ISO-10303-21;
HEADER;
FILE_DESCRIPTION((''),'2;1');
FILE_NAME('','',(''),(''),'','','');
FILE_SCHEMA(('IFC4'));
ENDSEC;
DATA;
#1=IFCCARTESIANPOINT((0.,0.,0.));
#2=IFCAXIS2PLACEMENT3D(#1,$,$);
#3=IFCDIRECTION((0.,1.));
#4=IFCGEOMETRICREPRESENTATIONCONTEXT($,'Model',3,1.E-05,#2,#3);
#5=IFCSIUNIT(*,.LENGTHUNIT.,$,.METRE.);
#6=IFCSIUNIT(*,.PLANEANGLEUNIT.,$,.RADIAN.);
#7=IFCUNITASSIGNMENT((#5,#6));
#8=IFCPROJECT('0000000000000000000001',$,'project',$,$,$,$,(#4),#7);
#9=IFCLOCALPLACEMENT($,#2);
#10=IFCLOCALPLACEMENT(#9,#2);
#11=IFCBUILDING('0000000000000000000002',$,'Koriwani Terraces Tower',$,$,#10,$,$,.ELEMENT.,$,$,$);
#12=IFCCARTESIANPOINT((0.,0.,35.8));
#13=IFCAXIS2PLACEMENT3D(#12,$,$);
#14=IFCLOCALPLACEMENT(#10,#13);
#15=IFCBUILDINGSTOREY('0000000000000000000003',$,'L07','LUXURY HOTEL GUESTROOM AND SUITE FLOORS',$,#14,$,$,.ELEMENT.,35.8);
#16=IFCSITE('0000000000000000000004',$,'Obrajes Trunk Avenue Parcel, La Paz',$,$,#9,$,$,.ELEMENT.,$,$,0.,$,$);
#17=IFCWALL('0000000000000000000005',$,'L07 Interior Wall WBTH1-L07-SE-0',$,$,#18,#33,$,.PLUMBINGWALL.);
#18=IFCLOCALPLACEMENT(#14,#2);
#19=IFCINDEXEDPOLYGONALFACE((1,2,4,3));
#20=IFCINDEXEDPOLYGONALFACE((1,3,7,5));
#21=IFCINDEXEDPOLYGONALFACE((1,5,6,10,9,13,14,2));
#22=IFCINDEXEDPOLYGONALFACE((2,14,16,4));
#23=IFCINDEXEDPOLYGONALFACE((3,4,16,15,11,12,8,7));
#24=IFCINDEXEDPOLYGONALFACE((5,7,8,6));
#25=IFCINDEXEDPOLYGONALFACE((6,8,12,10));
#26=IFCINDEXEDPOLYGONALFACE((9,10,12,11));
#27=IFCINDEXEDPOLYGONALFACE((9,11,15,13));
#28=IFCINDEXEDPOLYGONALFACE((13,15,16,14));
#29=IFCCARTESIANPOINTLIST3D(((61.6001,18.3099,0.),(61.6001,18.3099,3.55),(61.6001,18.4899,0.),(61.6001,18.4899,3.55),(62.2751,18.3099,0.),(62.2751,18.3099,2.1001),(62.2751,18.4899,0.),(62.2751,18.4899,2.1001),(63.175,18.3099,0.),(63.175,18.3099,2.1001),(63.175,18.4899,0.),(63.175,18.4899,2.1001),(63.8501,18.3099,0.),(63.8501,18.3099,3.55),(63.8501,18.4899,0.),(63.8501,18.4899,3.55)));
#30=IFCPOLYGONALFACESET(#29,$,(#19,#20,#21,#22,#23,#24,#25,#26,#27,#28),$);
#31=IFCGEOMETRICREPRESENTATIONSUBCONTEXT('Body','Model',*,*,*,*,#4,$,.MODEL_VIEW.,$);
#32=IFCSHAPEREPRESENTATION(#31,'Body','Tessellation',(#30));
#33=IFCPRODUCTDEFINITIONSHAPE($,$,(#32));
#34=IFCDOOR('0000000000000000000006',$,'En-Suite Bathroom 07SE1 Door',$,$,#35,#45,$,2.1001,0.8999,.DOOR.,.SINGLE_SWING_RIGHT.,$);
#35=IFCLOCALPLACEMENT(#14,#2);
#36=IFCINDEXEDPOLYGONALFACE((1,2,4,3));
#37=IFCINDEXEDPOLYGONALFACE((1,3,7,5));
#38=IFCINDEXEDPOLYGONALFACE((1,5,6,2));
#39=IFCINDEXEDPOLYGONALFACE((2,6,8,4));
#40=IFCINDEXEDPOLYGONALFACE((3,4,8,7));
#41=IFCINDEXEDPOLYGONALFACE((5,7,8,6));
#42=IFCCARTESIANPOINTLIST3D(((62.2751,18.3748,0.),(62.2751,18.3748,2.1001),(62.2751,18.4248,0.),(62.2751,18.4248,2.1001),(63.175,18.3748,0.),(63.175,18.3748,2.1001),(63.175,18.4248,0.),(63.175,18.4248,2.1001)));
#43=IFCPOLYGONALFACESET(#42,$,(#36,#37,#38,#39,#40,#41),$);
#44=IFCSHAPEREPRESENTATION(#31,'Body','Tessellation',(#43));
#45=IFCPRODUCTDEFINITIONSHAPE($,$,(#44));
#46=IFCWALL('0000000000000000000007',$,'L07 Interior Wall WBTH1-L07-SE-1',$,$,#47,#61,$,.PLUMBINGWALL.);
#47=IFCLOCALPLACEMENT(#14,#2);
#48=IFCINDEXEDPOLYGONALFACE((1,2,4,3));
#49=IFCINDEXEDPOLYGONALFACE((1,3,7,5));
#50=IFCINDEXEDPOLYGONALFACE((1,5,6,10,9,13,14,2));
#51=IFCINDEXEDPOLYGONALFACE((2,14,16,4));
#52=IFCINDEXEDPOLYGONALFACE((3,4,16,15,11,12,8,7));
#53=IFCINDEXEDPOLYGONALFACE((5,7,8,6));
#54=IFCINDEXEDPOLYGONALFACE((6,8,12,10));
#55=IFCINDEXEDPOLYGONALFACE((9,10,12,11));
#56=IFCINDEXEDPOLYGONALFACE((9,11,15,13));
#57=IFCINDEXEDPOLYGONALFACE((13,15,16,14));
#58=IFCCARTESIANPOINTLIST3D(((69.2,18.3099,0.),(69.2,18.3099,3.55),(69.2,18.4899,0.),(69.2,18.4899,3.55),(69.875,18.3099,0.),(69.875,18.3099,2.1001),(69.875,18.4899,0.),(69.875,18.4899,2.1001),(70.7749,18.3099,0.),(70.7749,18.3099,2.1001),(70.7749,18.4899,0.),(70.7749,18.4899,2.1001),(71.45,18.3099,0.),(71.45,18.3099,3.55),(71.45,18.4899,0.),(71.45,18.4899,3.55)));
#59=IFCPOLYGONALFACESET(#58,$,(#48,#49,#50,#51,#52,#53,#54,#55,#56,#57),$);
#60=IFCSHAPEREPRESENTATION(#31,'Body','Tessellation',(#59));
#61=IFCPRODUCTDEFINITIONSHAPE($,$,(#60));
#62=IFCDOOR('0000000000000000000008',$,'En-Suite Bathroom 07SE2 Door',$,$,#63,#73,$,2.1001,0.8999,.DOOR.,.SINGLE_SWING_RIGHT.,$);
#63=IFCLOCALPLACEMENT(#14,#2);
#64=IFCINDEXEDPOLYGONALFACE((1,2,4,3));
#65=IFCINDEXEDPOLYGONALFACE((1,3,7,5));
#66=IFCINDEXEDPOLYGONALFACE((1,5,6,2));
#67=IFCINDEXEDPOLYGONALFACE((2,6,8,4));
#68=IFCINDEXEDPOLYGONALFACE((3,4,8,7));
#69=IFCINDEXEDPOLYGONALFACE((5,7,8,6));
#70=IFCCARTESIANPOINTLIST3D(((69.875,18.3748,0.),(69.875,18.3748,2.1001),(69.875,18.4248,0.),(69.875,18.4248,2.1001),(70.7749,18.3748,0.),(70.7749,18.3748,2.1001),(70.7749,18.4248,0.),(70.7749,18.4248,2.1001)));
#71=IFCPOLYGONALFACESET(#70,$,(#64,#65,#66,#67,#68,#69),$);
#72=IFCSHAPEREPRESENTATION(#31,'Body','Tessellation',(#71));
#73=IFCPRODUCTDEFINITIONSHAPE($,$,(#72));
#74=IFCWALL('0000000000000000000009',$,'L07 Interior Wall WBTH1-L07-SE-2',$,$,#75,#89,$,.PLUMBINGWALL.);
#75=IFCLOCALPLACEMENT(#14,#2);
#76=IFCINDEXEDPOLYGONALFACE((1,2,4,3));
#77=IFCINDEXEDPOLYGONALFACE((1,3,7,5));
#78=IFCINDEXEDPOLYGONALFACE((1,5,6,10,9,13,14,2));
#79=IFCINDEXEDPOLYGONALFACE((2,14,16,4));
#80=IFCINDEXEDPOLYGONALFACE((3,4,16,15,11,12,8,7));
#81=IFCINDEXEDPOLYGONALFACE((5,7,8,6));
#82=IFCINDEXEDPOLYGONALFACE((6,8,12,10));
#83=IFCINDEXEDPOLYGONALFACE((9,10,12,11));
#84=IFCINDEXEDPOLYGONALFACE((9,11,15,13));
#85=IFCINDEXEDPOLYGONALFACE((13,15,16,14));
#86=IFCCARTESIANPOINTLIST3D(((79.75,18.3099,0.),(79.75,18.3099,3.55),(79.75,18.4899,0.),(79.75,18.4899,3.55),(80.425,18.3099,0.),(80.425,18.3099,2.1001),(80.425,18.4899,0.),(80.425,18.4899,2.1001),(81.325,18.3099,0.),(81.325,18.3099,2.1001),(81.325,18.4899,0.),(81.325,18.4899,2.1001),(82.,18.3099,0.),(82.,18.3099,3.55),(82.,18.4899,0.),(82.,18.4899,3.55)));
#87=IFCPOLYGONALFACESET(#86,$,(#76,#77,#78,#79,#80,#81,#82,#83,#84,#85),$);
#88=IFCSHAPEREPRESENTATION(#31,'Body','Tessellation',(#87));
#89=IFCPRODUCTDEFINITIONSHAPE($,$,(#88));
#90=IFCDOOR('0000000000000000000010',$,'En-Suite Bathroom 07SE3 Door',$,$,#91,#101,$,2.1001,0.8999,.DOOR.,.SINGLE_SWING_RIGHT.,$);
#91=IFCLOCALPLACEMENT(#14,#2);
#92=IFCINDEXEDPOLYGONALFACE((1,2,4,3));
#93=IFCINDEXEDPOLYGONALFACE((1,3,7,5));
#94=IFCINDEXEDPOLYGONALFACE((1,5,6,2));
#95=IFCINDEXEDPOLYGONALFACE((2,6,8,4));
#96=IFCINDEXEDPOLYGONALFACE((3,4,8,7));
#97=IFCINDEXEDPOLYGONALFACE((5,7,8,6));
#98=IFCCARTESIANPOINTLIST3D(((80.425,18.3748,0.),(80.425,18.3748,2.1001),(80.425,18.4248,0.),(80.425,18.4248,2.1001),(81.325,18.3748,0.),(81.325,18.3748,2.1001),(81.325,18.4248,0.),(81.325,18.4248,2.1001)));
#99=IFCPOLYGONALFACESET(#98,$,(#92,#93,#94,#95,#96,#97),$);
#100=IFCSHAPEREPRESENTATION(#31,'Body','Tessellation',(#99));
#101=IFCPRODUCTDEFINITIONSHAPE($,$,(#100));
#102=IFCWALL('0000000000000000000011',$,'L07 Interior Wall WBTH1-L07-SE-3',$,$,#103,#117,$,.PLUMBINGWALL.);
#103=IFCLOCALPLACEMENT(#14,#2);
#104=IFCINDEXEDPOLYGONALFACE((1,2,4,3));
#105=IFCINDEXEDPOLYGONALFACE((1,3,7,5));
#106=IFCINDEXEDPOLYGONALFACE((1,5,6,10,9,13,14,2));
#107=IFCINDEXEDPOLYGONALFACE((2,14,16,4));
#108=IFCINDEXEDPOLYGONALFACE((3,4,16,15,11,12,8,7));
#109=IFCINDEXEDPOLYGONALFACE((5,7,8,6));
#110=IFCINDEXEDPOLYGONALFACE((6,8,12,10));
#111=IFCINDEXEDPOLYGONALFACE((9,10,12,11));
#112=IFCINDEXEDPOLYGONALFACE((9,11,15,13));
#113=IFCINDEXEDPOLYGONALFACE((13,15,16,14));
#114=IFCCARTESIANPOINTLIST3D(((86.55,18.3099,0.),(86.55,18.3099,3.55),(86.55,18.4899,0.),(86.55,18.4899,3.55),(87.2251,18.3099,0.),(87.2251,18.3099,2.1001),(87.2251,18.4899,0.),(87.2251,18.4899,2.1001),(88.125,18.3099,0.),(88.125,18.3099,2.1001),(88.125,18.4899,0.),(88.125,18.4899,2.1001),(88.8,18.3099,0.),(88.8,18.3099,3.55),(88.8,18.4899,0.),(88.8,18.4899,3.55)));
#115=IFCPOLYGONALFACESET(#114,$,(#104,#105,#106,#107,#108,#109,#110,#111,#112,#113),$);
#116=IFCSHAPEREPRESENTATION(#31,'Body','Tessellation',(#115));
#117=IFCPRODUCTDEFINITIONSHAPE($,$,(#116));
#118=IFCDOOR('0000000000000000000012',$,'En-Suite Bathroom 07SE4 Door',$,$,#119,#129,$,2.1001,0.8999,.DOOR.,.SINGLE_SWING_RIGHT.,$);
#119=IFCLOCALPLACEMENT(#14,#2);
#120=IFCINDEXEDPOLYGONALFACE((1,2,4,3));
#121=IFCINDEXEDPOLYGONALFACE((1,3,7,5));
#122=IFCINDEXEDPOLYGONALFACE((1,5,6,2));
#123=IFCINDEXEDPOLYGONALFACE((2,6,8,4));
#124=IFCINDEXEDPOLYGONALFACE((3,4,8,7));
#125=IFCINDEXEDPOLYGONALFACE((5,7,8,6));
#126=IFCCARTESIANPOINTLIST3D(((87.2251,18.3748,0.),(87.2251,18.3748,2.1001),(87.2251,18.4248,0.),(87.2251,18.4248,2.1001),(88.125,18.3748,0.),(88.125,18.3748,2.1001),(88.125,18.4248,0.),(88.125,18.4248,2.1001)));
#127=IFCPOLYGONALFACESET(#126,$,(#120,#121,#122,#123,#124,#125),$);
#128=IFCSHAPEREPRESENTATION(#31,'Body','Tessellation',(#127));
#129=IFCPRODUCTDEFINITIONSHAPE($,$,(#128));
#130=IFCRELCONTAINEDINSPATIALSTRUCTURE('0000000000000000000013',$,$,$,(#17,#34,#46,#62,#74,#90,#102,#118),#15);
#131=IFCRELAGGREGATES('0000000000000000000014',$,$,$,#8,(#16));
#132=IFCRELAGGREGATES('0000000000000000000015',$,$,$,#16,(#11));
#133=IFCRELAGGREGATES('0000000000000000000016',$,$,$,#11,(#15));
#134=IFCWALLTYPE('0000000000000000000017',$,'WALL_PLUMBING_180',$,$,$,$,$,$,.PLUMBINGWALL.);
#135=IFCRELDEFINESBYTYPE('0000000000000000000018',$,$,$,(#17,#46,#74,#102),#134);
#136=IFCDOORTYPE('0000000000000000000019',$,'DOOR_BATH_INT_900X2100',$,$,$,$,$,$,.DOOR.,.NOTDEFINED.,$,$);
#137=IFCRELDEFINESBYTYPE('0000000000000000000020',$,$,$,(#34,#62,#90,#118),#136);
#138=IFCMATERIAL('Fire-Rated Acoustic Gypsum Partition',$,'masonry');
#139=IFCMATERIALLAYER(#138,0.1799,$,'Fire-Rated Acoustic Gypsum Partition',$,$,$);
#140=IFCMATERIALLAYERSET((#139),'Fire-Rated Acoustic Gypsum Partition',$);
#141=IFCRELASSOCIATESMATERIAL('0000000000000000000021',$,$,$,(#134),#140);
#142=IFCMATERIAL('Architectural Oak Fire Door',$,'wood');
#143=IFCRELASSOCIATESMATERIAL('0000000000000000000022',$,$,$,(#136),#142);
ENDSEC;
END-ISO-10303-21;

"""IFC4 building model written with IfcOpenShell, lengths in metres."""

from ifc_helpers import new_model, si_unit, direction, frame, frame_2d, origin, place, context, subcontext, project, spatial, rectangle, extrude, material, layer, layer_set, type_object, element, fill, save


model = new_model("IFC4")

# Units and contexts
model_context = context("Model", 3, precision=1e-05, world=origin(), true_north=direction((0.0, 1.0)))
body_context = subcontext(model_context, "Body", "Model", "MODEL_VIEW")
ifc_project = project(units=[si_unit("LENGTHUNIT", "METRE"), si_unit("PLANEANGLEUNIT", "RADIAN")], contexts=[model_context])

# Site, building, storey
site_placement = place(None, origin())
site = spatial("IfcSite", under=ifc_project, at=site_placement, Name="Obrajes Trunk Avenue Parcel, La Paz", CompositionType="ELEMENT", RefElevation=0.0)
building_placement = place(site_placement, origin())
building = spatial("IfcBuilding", under=site, at=building_placement, Name="Koriwani Terraces Tower", CompositionType="ELEMENT")
storey_placement = place(building_placement, frame((0.0, 0.0, 35.8)))
storey = spatial("IfcBuildingStorey", under=building, at=storey_placement, Name="L07", Description="LUXURY HOTEL GUESTROOM AND SUITE FLOORS", CompositionType="ELEMENT", Elevation=35.8)

# Walls, openings, doors
ifc_material_1 = material(Name="Fire-Rated Acoustic Gypsum Partition", Category="masonry")
ifc_layer = layer(ifc_material_1, 0.1799, Name="Fire-Rated Acoustic Gypsum Partition")
ifc_layer_set = layer_set([ifc_layer], Name="Fire-Rated Acoustic Gypsum Partition")
wall_type = type_object("IfcWallType", Name="WALL_PLUMBING_180", PredefinedType="PLUMBINGWALL", material=ifc_layer_set)
wall_1_placement = place(storey_placement, frame((61.6001, 18.3999, 0.0), z_axis=(0.0, 0.0, 1.0), x_axis=(1.0, 0.0, 0.0)))
wall_1 = element("IfcWall", 1, at=wall_1_placement, inside=storey, type_object=wall_type, Name="L07 Interior Wall WBTH1-L07-SE-0", PredefinedType="PLUMBINGWALL", context=body_context, shape_type="SweptSolid", body=[
    extrude(rectangle(XDim=2.25, YDim=0.1799, at=frame_2d((1.125, 0.0))), origin(), (0.0, 0.0, 1.0), 3.55),
])
opening_1_placement = place(wall_1_placement, frame((0.675, 0.0, 0.0)))
opening_1 = element("IfcOpeningElement", 2, at=opening_1_placement, cuts=wall_1, PredefinedType="OPENING", context=body_context, shape_type="SweptSolid", body=[
    extrude(rectangle(XDim=0.8999, YDim=2.1001, at=frame_2d((0.45, 1.05))), frame((0.0, 0.1001, 0.0), z_axis=(0.0, -1.0, 0.0), x_axis=(1.0, 0.0, 0.0)), (0.0, 0.0, 1.0), 0.2),
])
ifc_material_2 = material(Name="Architectural Oak Fire Door", Category="wood")
door_type = type_object("IfcDoorType", Name="DOOR_BATH_INT_900X2100", OperationType="NOTDEFINED", PredefinedType="DOOR", material=ifc_material_2)
door_1_placement = place(opening_1_placement, origin())
door_1 = element("IfcDoor", 3, at=door_1_placement, inside=storey, type_object=door_type, Name="En-Suite Bathroom 07SE1 Door", OperationType="SINGLE_SWING_RIGHT", OverallHeight=2.1001, OverallWidth=0.8999, PredefinedType="DOOR", context=body_context, shape_type="SweptSolid", body=[
    extrude(rectangle(XDim=0.8999, YDim=2.1001, at=frame_2d((0.45, 1.05))), frame((0.0, 0.0249, 0.0), z_axis=(0.0, -1.0, 0.0), x_axis=(1.0, 0.0, 0.0)), (0.0, 0.0, 1.0), 0.05),
])
fill(opening_1, door_1)
wall_2_placement = place(storey_placement, frame((69.2, 18.3999, 0.0), z_axis=(0.0, 0.0, 1.0), x_axis=(1.0, 0.0, 0.0)))
wall_2 = element("IfcWall", 4, at=wall_2_placement, inside=storey, type_object=wall_type, Name="L07 Interior Wall WBTH1-L07-SE-1", PredefinedType="PLUMBINGWALL", context=body_context, shape_type="SweptSolid", body=[
    extrude(rectangle(XDim=2.25, YDim=0.1799, at=frame_2d((1.125, 0.0))), origin(), (0.0, 0.0, 1.0), 3.55),
])
opening_2_placement = place(wall_2_placement, frame((0.675, 0.0, 0.0)))
opening_2 = element("IfcOpeningElement", 5, at=opening_2_placement, cuts=wall_2, PredefinedType="OPENING", context=body_context, shape_type="SweptSolid", body=[
    extrude(rectangle(XDim=0.8999, YDim=2.1001, at=frame_2d((0.45, 1.05))), frame((0.0, 0.1001, 0.0), z_axis=(0.0, -1.0, 0.0), x_axis=(1.0, 0.0, 0.0)), (0.0, 0.0, 1.0), 0.2),
])
door_2_placement = place(opening_2_placement, origin())
door_2 = element("IfcDoor", 6, at=door_2_placement, inside=storey, type_object=door_type, Name="En-Suite Bathroom 07SE2 Door", OperationType="SINGLE_SWING_RIGHT", OverallHeight=2.1001, OverallWidth=0.8999, PredefinedType="DOOR", context=body_context, shape_type="SweptSolid", body=[
    extrude(rectangle(XDim=0.8999, YDim=2.1001, at=frame_2d((0.45, 1.05))), frame((0.0, 0.0249, 0.0), z_axis=(0.0, -1.0, 0.0), x_axis=(1.0, 0.0, 0.0)), (0.0, 0.0, 1.0), 0.05),
])
fill(opening_2, door_2)
wall_3_placement = place(storey_placement, frame((79.75, 18.3999, 0.0), z_axis=(0.0, 0.0, 1.0), x_axis=(1.0, 0.0, 0.0)))
wall_3 = element("IfcWall", 7, at=wall_3_placement, inside=storey, type_object=wall_type, Name="L07 Interior Wall WBTH1-L07-SE-2", PredefinedType="PLUMBINGWALL", context=body_context, shape_type="SweptSolid", body=[
    extrude(rectangle(XDim=2.25, YDim=0.1799, at=frame_2d((1.125, 0.0))), origin(), (0.0, 0.0, 1.0), 3.55),
])
opening_3_placement = place(wall_3_placement, frame((0.675, 0.0, 0.0)))
opening_3 = element("IfcOpeningElement", 8, at=opening_3_placement, cuts=wall_3, PredefinedType="OPENING", context=body_context, shape_type="SweptSolid", body=[
    extrude(rectangle(XDim=0.8999, YDim=2.1001, at=frame_2d((0.45, 1.05))), frame((0.0, 0.1001, 0.0), z_axis=(0.0, -1.0, 0.0), x_axis=(1.0, 0.0, 0.0)), (0.0, 0.0, 1.0), 0.2),
])
door_3_placement = place(opening_3_placement, origin())
door_3 = element("IfcDoor", 9, at=door_3_placement, inside=storey, type_object=door_type, Name="En-Suite Bathroom 07SE3 Door", OperationType="SINGLE_SWING_RIGHT", OverallHeight=2.1001, OverallWidth=0.8999, PredefinedType="DOOR", context=body_context, shape_type="SweptSolid", body=[
    extrude(rectangle(XDim=0.8999, YDim=2.1001, at=frame_2d((0.45, 1.05))), frame((0.0, 0.0249, 0.0), z_axis=(0.0, -1.0, 0.0), x_axis=(1.0, 0.0, 0.0)), (0.0, 0.0, 1.0), 0.05),
])
fill(opening_3, door_3)
wall_4_placement = place(storey_placement, frame((86.55, 18.3999, 0.0), z_axis=(0.0, 0.0, 1.0), x_axis=(1.0, 0.0, 0.0)))
wall_4 = element("IfcWall", 10, at=wall_4_placement, inside=storey, type_object=wall_type, Name="L07 Interior Wall WBTH1-L07-SE-3", PredefinedType="PLUMBINGWALL", context=body_context, shape_type="SweptSolid", body=[
    extrude(rectangle(XDim=2.25, YDim=0.1799, at=frame_2d((1.125, 0.0))), origin(), (0.0, 0.0, 1.0), 3.55),
])
opening_4_placement = place(wall_4_placement, frame((0.675, 0.0, 0.0)))
opening_4 = element("IfcOpeningElement", 11, at=opening_4_placement, cuts=wall_4, PredefinedType="OPENING", context=body_context, shape_type="SweptSolid", body=[
    extrude(rectangle(XDim=0.8999, YDim=2.1001, at=frame_2d((0.45, 1.05))), frame((0.0, 0.1001, 0.0), z_axis=(0.0, -1.0, 0.0), x_axis=(1.0, 0.0, 0.0)), (0.0, 0.0, 1.0), 0.2),
])
door_4_placement = place(opening_4_placement, origin())
door_4 = element("IfcDoor", 12, at=door_4_placement, inside=storey, type_object=door_type, Name="En-Suite Bathroom 07SE4 Door", OperationType="SINGLE_SWING_RIGHT", OverallHeight=2.1001, OverallWidth=0.8999, PredefinedType="DOOR", context=body_context, shape_type="SweptSolid", body=[
    extrude(rectangle(XDim=0.8999, YDim=2.1001, at=frame_2d((0.45, 1.05))), frame((0.0, 0.0249, 0.0), z_axis=(0.0, -1.0, 0.0), x_axis=(1.0, 0.0, 0.0)), (0.0, 0.0, 1.0), 0.05),
])
fill(opening_4, door_4)

save(model, "model.ifc")
